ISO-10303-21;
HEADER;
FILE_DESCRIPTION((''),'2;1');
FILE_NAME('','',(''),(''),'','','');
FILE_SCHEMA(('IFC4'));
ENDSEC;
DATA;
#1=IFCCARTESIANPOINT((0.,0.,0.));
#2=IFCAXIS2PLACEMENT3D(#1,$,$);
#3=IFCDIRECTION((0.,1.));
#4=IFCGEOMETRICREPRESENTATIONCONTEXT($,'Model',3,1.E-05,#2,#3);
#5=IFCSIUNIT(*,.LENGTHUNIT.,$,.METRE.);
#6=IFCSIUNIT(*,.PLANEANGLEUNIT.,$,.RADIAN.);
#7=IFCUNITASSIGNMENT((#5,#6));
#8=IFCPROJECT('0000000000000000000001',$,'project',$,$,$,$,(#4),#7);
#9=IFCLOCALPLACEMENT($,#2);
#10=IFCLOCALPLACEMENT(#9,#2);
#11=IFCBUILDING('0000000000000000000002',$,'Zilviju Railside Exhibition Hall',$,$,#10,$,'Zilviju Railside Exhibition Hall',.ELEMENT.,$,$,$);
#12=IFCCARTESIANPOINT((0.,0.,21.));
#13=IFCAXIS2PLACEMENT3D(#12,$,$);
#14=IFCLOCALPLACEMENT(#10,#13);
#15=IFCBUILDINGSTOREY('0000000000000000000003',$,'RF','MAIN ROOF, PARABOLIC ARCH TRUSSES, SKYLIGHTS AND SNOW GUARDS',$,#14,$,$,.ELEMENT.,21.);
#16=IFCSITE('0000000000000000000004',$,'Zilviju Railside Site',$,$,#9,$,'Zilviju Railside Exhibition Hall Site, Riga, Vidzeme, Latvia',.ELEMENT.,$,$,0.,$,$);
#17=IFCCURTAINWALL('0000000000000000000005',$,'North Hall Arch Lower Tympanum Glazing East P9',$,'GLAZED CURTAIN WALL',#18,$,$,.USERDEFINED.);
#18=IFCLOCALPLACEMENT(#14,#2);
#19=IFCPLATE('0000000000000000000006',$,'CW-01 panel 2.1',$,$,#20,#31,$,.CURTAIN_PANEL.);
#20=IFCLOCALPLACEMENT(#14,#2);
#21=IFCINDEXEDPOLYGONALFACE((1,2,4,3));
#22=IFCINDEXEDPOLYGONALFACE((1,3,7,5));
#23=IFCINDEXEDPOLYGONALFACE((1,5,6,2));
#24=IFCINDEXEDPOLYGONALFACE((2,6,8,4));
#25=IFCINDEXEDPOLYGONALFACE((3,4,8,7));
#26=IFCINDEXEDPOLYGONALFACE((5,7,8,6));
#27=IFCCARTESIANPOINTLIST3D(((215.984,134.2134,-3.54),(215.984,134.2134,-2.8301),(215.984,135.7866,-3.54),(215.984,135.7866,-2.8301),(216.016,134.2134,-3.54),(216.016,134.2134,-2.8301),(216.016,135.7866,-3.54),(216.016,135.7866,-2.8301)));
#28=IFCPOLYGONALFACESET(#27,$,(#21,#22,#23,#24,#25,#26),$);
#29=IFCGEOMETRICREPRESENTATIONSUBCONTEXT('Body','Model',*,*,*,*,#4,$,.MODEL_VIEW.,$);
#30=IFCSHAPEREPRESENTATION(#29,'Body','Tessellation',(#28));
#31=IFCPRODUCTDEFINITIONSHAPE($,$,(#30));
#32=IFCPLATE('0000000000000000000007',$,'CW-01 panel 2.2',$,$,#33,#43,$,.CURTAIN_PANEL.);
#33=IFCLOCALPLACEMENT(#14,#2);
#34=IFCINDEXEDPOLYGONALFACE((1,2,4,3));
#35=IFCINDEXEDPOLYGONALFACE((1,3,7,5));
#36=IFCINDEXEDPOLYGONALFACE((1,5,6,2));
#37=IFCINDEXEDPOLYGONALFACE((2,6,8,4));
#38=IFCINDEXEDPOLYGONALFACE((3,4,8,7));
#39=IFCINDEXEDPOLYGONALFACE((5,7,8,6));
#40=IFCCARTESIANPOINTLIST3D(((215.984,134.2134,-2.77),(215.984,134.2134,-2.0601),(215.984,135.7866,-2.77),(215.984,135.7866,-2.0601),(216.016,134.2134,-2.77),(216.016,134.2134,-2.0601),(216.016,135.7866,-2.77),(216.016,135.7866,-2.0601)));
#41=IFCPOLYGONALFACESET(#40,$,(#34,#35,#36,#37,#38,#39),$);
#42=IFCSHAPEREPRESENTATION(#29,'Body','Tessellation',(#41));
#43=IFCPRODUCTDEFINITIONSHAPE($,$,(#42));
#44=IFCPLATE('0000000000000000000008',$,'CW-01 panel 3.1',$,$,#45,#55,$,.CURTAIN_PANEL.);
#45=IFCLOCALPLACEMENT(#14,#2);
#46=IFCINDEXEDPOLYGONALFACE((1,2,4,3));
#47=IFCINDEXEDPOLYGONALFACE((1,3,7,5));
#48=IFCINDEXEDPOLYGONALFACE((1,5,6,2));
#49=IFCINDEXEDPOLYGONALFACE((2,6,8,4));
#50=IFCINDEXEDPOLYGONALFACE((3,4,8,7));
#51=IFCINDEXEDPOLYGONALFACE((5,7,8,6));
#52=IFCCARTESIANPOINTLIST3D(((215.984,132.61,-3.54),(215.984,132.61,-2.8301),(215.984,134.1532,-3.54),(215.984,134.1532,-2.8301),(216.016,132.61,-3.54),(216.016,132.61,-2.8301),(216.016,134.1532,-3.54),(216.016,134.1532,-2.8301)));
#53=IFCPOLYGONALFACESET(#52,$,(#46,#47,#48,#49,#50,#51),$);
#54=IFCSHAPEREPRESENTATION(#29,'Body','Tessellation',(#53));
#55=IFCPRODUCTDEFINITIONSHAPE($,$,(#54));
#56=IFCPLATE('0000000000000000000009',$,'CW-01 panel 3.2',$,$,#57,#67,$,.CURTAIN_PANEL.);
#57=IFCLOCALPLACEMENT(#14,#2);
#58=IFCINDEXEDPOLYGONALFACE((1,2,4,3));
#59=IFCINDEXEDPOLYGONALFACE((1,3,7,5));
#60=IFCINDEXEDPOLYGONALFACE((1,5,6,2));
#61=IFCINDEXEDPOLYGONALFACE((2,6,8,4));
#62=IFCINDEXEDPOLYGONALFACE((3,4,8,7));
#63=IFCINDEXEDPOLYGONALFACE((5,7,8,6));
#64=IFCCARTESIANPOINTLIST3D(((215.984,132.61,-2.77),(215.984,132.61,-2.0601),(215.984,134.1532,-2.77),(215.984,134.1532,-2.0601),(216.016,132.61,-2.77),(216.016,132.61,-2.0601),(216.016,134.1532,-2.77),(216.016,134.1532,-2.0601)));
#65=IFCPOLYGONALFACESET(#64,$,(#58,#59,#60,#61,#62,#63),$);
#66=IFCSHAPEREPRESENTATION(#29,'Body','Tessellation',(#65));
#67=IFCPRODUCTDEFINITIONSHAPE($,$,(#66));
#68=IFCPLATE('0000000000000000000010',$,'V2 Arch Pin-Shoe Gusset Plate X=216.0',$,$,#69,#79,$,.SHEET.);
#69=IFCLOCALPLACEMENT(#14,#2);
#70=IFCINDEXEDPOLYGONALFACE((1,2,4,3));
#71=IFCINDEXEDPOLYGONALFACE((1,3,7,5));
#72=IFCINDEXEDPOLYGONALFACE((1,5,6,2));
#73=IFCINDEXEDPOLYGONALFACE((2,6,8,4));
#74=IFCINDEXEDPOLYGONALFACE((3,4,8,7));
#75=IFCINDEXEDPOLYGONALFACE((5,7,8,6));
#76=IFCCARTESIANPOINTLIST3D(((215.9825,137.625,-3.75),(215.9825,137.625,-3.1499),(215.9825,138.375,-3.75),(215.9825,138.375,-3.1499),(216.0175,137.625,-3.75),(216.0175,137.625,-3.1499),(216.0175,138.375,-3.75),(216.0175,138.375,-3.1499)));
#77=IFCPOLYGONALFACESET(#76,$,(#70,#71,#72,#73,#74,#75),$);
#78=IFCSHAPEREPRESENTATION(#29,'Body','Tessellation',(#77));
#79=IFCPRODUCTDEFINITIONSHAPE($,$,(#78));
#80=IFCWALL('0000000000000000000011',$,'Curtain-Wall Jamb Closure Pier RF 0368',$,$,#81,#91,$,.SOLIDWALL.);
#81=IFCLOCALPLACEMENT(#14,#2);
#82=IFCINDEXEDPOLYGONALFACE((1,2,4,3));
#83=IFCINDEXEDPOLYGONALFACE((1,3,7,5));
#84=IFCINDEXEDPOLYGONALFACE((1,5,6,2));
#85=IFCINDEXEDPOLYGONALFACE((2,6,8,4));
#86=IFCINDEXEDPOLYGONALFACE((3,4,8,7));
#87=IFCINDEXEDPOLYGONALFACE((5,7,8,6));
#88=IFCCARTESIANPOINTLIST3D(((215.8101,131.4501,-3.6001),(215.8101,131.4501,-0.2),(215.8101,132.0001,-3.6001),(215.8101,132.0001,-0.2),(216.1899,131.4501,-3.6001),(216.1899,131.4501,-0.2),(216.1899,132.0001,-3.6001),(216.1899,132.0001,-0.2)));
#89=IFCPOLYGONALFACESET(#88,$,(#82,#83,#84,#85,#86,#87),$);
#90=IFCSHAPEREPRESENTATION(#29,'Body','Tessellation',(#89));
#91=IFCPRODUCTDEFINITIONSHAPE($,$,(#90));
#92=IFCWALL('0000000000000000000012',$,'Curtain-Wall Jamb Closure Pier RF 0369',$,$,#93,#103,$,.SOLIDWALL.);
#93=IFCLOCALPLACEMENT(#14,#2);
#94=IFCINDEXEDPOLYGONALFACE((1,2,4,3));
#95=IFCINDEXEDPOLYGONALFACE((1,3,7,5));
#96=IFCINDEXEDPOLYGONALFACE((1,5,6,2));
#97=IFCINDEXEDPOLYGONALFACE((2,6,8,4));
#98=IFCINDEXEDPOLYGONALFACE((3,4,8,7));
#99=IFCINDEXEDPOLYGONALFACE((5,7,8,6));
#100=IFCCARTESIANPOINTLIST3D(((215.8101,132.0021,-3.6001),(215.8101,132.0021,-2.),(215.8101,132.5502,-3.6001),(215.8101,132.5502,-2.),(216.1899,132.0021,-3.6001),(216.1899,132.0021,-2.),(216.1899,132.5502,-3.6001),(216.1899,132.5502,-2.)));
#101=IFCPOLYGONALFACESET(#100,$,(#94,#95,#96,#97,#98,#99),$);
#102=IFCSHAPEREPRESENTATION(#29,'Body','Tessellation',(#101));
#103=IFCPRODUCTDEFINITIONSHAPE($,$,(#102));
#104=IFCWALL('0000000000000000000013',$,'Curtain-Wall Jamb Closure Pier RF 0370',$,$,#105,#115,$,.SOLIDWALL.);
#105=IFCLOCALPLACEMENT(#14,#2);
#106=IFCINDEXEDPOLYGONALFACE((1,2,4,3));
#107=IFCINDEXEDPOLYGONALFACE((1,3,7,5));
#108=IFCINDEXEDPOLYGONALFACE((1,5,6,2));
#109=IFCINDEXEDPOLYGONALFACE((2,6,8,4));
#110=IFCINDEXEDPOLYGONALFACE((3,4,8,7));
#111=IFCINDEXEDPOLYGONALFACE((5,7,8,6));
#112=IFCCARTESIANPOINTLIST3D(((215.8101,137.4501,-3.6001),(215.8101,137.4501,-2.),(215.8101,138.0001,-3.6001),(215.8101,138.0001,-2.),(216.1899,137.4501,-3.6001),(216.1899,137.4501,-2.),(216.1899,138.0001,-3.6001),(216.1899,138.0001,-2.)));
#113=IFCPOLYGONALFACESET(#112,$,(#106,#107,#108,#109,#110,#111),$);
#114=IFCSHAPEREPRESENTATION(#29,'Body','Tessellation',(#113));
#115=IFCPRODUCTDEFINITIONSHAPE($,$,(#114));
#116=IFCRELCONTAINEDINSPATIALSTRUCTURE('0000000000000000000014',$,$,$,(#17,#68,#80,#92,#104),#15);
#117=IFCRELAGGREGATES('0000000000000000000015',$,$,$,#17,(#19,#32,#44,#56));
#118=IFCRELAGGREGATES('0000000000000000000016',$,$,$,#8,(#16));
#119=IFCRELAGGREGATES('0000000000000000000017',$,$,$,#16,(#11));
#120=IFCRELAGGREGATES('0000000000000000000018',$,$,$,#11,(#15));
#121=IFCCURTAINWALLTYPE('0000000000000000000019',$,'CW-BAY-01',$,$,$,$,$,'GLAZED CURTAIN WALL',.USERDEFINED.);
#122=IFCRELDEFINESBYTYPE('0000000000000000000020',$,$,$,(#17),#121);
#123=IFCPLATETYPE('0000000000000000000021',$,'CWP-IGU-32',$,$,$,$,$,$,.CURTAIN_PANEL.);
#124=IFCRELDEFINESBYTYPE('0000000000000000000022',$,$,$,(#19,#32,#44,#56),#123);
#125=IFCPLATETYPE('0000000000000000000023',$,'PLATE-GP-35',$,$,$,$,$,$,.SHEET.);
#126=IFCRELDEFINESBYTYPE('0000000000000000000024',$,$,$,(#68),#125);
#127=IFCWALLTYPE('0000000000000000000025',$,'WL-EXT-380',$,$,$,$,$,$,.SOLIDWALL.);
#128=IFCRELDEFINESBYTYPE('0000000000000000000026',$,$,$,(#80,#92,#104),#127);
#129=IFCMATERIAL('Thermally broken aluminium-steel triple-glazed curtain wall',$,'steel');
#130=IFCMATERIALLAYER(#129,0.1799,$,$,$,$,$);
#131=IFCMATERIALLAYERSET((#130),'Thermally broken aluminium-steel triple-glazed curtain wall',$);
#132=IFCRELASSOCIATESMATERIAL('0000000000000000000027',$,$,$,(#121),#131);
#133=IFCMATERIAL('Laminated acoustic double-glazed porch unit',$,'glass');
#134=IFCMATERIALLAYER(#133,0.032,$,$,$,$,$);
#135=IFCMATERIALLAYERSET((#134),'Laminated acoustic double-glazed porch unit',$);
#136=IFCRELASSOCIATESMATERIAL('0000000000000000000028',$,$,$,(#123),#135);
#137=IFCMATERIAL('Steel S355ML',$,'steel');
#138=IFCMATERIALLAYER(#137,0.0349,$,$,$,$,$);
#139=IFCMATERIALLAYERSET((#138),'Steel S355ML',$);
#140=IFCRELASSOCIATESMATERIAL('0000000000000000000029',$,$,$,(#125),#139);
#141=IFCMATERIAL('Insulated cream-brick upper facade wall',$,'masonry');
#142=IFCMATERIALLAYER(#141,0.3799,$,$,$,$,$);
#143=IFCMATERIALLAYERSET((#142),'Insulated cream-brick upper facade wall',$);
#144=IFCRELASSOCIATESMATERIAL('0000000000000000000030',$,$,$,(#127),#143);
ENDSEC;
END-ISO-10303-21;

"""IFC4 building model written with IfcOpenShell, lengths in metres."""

from ifc_helpers import new_model, si_unit, direction, frame, frame_2d, origin, origin_2d, place, context, subcontext, project, spatial, rectangle, extrude, material, layer, layer_set, type_object, element, aggregate, save


model = new_model("IFC4")

# Units and contexts
model_context = context("Model", 3, precision=1e-05, world=origin(), true_north=direction((0.0, 1.0)))
body_context = subcontext(model_context, "Body", "Model", "MODEL_VIEW")
ifc_project = project(units=[si_unit("LENGTHUNIT", "METRE"), si_unit("PLANEANGLEUNIT", "RADIAN")], contexts=[model_context])

# Site, building, storey
site_placement = place(None, origin())
site = spatial("IfcSite", under=ifc_project, at=site_placement, Name="Zilviju Railside Site", LongName="Zilviju Railside Exhibition Hall Site, Riga, Vidzeme, Latvia", CompositionType="ELEMENT", RefElevation=0.0)
building_placement = place(site_placement, origin())
building = spatial("IfcBuilding", under=site, at=building_placement, Name="Zilviju Railside Exhibition Hall", LongName="Zilviju Railside Exhibition Hall", CompositionType="ELEMENT")
storey_placement = place(building_placement, frame((0.0, 0.0, 21.0)))
storey = spatial("IfcBuildingStorey", under=building, at=storey_placement, Name="RF", Description="MAIN ROOF, PARABOLIC ARCH TRUSSES, SKYLIGHTS AND SNOW GUARDS", CompositionType="ELEMENT", Elevation=21.0)

# Curtain wall
ifc_material_1 = material(Name="Thermally broken aluminium-steel triple-glazed curtain wall", Category="steel")
ifc_layer_1 = layer(ifc_material_1, 0.1799)
ifc_layer_set_1 = layer_set([ifc_layer_1], Name="Thermally broken aluminium-steel triple-glazed curtain wall")
curtain_wall_type = type_object("IfcCurtainWallType", Name="CW-BAY-01", ElementType="GLAZED CURTAIN WALL", PredefinedType="USERDEFINED", material=ifc_layer_set_1)
curtain_wall_placement = place(storey_placement, origin())
curtain_wall = element("IfcCurtainWall", 1, at=curtain_wall_placement, inside=storey, type_object=curtain_wall_type, Name="North Hall Arch Lower Tympanum Glazing East P9", ObjectType="GLAZED CURTAIN WALL", PredefinedType="USERDEFINED")

# Shared definitions
ifc_material_2 = material(Name="Steel S355ML", Category="steel")

# Plates
ifc_material_3 = material(Name="Laminated acoustic double-glazed porch unit", Category="glass")
ifc_layer_2 = layer(ifc_material_3, 0.032)
ifc_layer_set_2 = layer_set([ifc_layer_2], Name="Laminated acoustic double-glazed porch unit")
plate_type_1 = type_object("IfcPlateType", Name="CWP-IGU-32", PredefinedType="CURTAIN_PANEL", material=ifc_layer_set_2)
plate_1_placement = place(storey_placement, frame((216.0, 135.0, -3.54), z_axis=(0.0, 0.0, 1.0), x_axis=(0.0, -1.0, 0.0)))
plate_1 = element("IfcPlate", 2, at=plate_1_placement, type_object=plate_type_1, Name="CW-01 panel 2.1", PredefinedType="CURTAIN_PANEL", context=body_context, shape_type="SweptSolid", body=[
    extrude(rectangle(XDim=1.5732, YDim=0.032, at=origin_2d()), origin(), (0.0, 0.0, 1.0), 0.71),
])
plate_2_placement = place(storey_placement, frame((216.0, 135.0, -2.77), z_axis=(0.0, 0.0, 1.0), x_axis=(0.0, -1.0, 0.0)))
plate_2 = element("IfcPlate", 3, at=plate_2_placement, type_object=plate_type_1, Name="CW-01 panel 2.2", PredefinedType="CURTAIN_PANEL", context=body_context, shape_type="SweptSolid", body=[
    extrude(rectangle(XDim=1.5732, YDim=0.032, at=origin_2d()), origin(), (0.0, 0.0, 1.0), 0.71),
])
plate_3_placement = place(storey_placement, frame((216.0, 133.3816, -3.54), z_axis=(0.0, 0.0, 1.0), x_axis=(0.0, -1.0, 0.0)))
plate_3 = element("IfcPlate", 4, at=plate_3_placement, type_object=plate_type_1, Name="CW-01 panel 3.1", PredefinedType="CURTAIN_PANEL", context=body_context, shape_type="SweptSolid", body=[
    extrude(rectangle(XDim=1.5432, YDim=0.032, at=origin_2d()), origin(), (0.0, 0.0, 1.0), 0.71),
])
plate_4_placement = place(storey_placement, frame((216.0, 133.3816, -2.77), z_axis=(0.0, 0.0, 1.0), x_axis=(0.0, -1.0, 0.0)))
plate_4 = element("IfcPlate", 5, at=plate_4_placement, type_object=plate_type_1, Name="CW-01 panel 3.2", PredefinedType="CURTAIN_PANEL", context=body_context, shape_type="SweptSolid", body=[
    extrude(rectangle(XDim=1.5432, YDim=0.032, at=origin_2d()), origin(), (0.0, 0.0, 1.0), 0.71),
])
aggregate(curtain_wall, [plate_1, plate_2, plate_3, plate_4])
ifc_layer_3 = layer(ifc_material_2, 0.0349)
ifc_layer_set_3 = layer_set([ifc_layer_3], Name="Steel S355ML")
plate_type_2 = type_object("IfcPlateType", Name="PLATE-GP-35", PredefinedType="SHEET", material=ifc_layer_set_3)
plate_5_placement = place(storey_placement, frame((216.0, 138.0, -3.75), z_axis=(0.0, 0.0, 1.0), x_axis=(1.0, 0.0, 0.0)))
element("IfcPlate", 6, at=plate_5_placement, inside=storey, type_object=plate_type_2, Name="V2 Arch Pin-Shoe Gusset Plate X=216.0", PredefinedType="SHEET", context=body_context, shape_type="SweptSolid", body=[
    extrude(rectangle(XDim=0.0349, YDim=0.75, at=origin_2d()), origin(), (0.0, 0.0, 1.0), 0.6001),
])

# Walls
ifc_material_4 = material(Name="Insulated cream-brick upper facade wall", Category="masonry")
ifc_layer_4 = layer(ifc_material_4, 0.3799)
ifc_layer_set_4 = layer_set([ifc_layer_4], Name="Insulated cream-brick upper facade wall")
wall_type = type_object("IfcWallType", Name="WL-EXT-380", PredefinedType="SOLIDWALL", material=ifc_layer_set_4)
wall_1_placement = place(storey_placement, frame((216.0, 132.0, -3.6001), z_axis=(0.0, 0.0, 1.0), x_axis=(0.0, -1.0, 0.0)))
element("IfcWall", 7, at=wall_1_placement, inside=storey, type_object=wall_type, Name="Curtain-Wall Jamb Closure Pier RF 0368", PredefinedType="SOLIDWALL", context=body_context, shape_type="SweptSolid", body=[
    extrude(rectangle(XDim=0.55, YDim=0.3799, at=frame_2d((0.2749, 0.0))), origin(), (0.0, 0.0, 1.0), 3.4001),
])
wall_2_placement = place(storey_placement, frame((216.0, 132.55, -3.6001), z_axis=(0.0, 0.0, 1.0), x_axis=(0.0, -1.0, 0.0)))
element("IfcWall", 8, at=wall_2_placement, inside=storey, type_object=wall_type, Name="Curtain-Wall Jamb Closure Pier RF 0369", PredefinedType="SOLIDWALL", context=body_context, shape_type="SweptSolid", body=[
    extrude(rectangle(XDim=0.5481, YDim=0.3799, at=frame_2d((0.2739, 0.0))), origin(), (0.0, 0.0, 1.0), 1.6001),
])
wall_3_placement = place(storey_placement, frame((216.0, 138.0, -3.6001), z_axis=(0.0, 0.0, 1.0), x_axis=(0.0, -1.0, 0.0)))
element("IfcWall", 9, at=wall_3_placement, inside=storey, type_object=wall_type, Name="Curtain-Wall Jamb Closure Pier RF 0370", PredefinedType="SOLIDWALL", context=body_context, shape_type="SweptSolid", body=[
    extrude(rectangle(XDim=0.55, YDim=0.3799, at=frame_2d((0.2749, 0.0))), origin(), (0.0, 0.0, 1.0), 1.6001),
])

save(model, "model.ifc")
